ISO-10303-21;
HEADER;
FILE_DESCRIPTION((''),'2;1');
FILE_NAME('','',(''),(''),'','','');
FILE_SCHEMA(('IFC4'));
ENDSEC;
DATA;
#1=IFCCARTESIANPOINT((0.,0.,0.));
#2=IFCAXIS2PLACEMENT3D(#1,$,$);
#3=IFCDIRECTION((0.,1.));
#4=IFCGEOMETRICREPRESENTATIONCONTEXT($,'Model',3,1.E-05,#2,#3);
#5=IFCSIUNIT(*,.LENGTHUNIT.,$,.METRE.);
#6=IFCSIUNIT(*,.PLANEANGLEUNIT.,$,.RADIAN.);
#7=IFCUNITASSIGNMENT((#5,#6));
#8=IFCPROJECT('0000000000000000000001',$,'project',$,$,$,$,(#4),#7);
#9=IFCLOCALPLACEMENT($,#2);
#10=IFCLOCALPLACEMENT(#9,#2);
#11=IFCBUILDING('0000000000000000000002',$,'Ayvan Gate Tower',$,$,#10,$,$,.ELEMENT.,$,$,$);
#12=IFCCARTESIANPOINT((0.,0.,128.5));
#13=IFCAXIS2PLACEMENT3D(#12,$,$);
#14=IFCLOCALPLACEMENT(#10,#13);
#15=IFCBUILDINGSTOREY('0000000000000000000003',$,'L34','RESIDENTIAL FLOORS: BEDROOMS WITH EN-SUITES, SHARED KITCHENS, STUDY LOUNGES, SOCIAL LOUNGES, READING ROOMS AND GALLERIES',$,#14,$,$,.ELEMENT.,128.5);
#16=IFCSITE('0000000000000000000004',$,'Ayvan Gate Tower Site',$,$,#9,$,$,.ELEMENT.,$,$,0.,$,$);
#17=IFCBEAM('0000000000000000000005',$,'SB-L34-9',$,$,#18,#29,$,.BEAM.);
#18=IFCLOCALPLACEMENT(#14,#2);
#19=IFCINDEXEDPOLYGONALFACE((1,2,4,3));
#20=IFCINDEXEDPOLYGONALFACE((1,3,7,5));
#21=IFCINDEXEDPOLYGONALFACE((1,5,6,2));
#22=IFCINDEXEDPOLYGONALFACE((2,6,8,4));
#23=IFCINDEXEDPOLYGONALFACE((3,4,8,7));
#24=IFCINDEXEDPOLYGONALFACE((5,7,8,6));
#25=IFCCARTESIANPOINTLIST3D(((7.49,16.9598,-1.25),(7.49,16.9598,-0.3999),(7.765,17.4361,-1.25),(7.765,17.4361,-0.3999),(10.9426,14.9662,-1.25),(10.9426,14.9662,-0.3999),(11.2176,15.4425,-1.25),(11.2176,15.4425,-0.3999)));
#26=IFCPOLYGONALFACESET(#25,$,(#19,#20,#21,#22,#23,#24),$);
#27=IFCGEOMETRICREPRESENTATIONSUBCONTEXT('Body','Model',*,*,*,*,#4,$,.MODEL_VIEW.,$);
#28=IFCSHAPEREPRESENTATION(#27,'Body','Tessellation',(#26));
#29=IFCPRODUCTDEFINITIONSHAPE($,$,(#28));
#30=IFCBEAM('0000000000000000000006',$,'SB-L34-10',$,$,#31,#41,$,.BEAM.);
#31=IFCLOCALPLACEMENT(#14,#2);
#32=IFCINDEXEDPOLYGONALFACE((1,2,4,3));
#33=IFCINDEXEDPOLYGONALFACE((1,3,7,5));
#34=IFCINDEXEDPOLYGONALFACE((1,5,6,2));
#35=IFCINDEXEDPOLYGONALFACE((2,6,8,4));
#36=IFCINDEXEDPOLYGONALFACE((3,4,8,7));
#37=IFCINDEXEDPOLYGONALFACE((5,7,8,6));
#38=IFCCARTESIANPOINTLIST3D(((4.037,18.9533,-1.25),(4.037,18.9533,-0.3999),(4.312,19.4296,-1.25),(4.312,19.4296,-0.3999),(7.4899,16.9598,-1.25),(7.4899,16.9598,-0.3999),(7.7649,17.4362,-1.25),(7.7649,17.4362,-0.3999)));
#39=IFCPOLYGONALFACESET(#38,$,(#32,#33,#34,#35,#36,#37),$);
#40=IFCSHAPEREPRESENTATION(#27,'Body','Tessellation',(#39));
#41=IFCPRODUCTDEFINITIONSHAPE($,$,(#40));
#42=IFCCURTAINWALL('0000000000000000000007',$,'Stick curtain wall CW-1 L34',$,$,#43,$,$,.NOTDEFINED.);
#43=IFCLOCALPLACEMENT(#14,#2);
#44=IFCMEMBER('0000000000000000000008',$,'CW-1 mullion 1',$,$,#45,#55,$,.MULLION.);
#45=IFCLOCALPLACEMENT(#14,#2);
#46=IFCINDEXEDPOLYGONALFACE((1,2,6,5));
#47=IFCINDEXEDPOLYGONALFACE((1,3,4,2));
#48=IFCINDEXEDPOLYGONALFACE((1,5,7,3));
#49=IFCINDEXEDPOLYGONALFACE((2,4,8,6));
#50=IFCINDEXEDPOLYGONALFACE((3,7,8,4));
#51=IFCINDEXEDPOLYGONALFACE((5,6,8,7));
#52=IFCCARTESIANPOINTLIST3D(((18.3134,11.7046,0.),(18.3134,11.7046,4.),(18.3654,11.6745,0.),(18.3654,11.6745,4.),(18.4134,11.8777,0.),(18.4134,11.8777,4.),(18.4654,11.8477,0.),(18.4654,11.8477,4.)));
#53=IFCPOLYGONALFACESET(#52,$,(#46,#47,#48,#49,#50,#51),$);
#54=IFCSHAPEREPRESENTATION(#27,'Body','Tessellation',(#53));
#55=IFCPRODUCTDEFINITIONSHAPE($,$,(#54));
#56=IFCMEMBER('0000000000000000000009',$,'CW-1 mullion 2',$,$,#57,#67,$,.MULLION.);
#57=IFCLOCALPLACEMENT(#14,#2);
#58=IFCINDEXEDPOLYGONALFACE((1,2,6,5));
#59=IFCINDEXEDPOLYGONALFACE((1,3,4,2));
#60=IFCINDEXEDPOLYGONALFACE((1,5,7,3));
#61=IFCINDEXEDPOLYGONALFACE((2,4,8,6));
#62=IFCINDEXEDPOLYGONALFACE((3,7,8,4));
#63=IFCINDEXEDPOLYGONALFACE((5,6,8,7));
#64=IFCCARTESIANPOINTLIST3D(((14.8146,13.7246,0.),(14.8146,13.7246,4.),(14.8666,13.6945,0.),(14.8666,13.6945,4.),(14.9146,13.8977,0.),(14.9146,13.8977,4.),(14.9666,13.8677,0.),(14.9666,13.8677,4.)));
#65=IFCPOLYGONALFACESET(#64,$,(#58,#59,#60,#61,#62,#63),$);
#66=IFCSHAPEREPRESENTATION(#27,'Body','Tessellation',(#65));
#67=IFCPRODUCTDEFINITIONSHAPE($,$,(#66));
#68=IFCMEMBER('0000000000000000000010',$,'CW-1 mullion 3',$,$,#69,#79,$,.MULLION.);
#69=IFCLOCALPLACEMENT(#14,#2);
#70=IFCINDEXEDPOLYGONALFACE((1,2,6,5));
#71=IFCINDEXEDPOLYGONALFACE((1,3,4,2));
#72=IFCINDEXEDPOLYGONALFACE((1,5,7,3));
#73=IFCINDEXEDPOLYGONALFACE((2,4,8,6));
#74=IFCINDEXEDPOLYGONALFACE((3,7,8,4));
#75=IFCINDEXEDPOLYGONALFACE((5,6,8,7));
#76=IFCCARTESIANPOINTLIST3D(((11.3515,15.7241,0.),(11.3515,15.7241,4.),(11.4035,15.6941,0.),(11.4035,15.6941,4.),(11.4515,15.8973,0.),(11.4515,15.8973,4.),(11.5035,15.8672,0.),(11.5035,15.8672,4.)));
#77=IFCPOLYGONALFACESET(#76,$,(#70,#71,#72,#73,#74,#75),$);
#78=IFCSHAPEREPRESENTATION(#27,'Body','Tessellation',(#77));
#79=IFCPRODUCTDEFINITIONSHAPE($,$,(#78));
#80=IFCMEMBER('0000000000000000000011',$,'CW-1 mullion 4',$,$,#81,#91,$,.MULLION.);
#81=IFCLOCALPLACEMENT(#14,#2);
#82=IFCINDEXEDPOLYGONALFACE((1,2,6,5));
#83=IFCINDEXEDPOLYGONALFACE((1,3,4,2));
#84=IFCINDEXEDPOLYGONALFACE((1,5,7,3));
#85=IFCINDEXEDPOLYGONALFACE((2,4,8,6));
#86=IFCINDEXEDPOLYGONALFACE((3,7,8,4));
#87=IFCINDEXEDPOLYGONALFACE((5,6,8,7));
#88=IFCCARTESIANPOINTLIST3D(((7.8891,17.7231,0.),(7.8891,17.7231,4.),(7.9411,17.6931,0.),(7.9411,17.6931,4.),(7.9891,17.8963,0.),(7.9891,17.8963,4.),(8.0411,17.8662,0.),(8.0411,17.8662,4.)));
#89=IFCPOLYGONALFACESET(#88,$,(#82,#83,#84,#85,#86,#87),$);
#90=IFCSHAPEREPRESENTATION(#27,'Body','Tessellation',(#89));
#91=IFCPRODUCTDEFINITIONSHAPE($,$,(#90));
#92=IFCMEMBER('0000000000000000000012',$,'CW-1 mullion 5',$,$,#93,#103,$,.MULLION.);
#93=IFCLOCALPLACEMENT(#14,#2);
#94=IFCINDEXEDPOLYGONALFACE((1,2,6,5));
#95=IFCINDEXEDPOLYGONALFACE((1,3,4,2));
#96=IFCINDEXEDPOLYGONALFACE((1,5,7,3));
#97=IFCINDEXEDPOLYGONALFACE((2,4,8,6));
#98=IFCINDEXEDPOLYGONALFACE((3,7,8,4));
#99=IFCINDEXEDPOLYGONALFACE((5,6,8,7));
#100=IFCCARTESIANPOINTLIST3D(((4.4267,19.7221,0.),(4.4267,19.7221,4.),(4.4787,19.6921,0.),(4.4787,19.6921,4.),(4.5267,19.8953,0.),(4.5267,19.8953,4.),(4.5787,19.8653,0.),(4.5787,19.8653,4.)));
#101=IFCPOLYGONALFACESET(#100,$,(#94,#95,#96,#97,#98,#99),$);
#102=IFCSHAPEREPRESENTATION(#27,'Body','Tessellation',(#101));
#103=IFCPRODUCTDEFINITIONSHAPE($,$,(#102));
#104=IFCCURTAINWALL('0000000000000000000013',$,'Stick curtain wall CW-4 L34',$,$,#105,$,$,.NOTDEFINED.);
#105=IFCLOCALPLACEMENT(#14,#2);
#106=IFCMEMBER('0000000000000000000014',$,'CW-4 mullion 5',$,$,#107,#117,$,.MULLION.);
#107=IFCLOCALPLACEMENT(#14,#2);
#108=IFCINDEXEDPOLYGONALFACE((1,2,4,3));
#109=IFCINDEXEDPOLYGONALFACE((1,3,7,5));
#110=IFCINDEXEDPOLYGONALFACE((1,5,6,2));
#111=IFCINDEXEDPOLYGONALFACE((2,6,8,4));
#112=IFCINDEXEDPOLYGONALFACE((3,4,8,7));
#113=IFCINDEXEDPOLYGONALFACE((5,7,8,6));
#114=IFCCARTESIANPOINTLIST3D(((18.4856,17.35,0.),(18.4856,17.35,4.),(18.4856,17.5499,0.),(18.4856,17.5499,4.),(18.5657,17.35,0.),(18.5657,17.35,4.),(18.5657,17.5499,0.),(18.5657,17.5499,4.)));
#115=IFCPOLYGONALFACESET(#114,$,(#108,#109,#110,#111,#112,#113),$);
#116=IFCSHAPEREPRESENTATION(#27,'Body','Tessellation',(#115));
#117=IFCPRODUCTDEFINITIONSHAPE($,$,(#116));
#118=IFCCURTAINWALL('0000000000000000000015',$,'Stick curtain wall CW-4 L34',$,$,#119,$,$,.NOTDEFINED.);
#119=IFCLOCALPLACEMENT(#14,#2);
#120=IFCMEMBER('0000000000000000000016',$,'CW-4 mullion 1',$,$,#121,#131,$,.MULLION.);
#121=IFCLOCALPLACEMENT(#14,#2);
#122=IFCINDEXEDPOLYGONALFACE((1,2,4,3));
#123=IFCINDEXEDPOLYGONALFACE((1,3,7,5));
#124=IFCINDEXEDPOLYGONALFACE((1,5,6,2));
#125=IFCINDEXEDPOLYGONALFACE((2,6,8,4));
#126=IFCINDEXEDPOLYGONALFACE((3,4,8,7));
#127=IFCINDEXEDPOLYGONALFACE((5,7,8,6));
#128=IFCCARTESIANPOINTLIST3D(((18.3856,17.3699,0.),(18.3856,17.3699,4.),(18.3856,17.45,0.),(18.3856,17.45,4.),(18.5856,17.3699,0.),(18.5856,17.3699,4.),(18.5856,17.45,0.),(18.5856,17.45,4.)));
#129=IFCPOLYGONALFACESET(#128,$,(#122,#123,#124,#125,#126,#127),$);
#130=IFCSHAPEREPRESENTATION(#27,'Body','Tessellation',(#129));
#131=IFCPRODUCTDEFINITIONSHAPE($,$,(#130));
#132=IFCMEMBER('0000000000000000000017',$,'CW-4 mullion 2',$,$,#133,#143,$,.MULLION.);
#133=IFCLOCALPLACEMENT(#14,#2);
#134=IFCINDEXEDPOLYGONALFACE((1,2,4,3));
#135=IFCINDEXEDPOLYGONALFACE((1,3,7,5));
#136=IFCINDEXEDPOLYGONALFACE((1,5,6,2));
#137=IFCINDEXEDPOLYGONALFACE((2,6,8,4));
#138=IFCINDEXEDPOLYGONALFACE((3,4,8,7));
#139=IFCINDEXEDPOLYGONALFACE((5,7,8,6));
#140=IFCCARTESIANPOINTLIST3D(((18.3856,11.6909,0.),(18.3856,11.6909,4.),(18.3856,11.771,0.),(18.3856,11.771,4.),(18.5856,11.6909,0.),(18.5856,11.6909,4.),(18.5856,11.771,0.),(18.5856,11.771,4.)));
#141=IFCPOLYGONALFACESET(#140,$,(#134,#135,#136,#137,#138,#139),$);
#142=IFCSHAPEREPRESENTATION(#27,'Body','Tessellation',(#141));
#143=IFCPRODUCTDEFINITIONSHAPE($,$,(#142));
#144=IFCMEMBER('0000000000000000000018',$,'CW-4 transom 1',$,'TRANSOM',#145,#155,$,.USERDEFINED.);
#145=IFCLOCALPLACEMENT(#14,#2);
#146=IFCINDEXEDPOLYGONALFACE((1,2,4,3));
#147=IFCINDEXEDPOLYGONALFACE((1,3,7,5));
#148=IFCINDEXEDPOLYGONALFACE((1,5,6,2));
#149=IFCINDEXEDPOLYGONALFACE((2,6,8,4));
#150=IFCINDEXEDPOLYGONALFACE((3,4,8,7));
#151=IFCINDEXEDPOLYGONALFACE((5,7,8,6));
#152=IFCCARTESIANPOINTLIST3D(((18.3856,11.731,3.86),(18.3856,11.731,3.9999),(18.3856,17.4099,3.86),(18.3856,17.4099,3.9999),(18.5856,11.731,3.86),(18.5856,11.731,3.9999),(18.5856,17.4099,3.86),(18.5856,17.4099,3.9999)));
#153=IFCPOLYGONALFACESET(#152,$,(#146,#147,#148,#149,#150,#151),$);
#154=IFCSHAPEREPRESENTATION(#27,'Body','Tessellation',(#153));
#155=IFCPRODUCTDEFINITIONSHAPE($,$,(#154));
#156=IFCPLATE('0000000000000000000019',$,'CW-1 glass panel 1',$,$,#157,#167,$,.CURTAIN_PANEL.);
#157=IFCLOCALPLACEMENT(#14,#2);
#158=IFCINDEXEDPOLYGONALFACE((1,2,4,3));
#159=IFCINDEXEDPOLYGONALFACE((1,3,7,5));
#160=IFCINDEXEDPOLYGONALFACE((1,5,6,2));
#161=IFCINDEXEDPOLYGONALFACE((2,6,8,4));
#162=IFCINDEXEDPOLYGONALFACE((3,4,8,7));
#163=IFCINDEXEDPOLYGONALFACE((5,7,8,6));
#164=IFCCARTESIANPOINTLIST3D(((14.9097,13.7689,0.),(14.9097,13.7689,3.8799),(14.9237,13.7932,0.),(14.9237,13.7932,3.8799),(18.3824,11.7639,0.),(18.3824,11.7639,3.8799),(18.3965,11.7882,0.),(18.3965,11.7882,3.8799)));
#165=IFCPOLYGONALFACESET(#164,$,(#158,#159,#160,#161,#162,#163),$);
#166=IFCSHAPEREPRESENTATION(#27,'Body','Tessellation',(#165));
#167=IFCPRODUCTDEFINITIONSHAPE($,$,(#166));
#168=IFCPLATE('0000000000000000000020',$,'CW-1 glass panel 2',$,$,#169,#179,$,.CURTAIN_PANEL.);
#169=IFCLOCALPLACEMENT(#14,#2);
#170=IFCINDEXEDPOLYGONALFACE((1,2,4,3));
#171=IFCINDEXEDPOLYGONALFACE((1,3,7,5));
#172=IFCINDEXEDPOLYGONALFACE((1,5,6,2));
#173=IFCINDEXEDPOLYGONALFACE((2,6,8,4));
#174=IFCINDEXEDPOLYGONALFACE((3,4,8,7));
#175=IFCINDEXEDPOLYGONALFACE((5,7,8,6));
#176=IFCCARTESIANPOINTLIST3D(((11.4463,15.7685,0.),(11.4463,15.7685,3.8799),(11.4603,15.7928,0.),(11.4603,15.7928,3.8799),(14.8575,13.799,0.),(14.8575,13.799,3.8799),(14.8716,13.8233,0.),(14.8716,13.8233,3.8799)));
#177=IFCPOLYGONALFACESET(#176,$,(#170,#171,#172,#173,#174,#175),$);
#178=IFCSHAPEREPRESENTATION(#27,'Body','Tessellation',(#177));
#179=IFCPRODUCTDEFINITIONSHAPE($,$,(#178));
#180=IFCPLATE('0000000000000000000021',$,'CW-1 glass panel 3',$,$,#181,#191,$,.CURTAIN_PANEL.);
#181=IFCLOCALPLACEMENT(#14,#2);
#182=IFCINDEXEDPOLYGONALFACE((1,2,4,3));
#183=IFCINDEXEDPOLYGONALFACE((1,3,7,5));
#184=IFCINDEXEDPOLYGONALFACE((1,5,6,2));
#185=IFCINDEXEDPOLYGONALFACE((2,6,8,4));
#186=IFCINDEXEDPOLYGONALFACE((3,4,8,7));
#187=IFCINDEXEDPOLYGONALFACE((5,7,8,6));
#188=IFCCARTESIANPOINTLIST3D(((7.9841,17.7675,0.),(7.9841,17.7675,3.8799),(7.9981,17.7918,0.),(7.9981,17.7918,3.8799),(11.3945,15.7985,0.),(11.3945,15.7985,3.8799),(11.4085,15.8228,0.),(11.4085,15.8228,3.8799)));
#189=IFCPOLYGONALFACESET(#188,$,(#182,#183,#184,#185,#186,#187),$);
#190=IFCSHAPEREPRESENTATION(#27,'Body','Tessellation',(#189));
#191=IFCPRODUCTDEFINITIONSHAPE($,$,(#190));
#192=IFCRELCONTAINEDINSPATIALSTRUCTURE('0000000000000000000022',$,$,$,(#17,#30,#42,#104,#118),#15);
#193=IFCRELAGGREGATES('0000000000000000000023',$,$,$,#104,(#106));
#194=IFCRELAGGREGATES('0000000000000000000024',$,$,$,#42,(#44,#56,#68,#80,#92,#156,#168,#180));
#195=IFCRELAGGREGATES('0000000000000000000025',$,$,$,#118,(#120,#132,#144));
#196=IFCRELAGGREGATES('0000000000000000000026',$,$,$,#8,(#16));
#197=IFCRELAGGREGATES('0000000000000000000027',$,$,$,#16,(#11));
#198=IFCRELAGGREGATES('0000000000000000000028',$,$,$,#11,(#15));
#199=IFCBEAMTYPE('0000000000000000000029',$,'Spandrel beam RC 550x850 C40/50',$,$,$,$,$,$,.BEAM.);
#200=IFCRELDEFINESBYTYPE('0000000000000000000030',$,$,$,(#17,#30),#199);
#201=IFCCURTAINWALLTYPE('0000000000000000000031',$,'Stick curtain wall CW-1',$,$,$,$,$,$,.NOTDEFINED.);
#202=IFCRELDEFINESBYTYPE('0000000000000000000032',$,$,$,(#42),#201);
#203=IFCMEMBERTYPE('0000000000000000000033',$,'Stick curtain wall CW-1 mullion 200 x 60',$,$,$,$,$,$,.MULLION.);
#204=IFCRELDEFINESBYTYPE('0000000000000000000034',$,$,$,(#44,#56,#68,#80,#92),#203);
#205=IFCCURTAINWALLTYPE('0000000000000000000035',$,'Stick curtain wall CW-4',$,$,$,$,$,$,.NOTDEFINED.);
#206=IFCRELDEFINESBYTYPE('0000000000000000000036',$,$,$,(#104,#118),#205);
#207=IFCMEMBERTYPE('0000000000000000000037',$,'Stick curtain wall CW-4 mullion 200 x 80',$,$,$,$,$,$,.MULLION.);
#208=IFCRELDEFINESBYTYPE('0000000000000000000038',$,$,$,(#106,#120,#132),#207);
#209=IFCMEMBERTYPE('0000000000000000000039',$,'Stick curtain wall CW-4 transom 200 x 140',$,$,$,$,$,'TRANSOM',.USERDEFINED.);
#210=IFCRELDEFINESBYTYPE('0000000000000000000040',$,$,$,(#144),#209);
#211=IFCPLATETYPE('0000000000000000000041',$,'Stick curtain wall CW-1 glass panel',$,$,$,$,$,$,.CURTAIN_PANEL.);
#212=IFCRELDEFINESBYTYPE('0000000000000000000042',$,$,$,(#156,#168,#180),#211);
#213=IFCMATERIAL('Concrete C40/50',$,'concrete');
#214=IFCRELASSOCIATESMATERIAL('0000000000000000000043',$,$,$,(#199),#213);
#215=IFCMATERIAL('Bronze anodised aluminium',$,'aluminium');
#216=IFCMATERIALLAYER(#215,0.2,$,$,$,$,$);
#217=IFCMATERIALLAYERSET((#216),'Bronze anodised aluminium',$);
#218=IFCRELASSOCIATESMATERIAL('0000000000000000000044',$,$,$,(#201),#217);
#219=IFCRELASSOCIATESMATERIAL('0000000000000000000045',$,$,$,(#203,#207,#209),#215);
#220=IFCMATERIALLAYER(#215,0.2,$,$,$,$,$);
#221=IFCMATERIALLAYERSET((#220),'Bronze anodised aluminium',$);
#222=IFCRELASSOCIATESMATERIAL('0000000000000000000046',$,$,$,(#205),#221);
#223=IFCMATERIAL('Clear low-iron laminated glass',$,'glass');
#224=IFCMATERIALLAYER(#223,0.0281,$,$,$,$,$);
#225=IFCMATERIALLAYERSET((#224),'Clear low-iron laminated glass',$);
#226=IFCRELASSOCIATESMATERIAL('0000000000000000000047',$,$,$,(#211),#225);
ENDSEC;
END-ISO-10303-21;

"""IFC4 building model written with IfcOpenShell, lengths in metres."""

from ifc_helpers import new_model, si_unit, direction, frame, origin, origin_2d, place, context, subcontext, project, spatial, rectangle, extrude, material, layer, layer_set, material_profile, profile_set, type_object, element, aggregate, save


model = new_model("IFC4")

# Units and contexts
model_context = context("Model", 3, precision=1e-05, world=origin(), true_north=direction((0.0, 1.0)))
body_context = subcontext(model_context, "Body", "Model", "MODEL_VIEW")
ifc_project = project(units=[si_unit("LENGTHUNIT", "METRE"), si_unit("PLANEANGLEUNIT", "RADIAN")], contexts=[model_context])

# Site, building, storey
site_placement = place(None, origin())
site = spatial("IfcSite", under=ifc_project, at=site_placement, Name="Ayvan Gate Tower Site", CompositionType="ELEMENT", RefElevation=0.0)
building_placement = place(site_placement, origin())
building = spatial("IfcBuilding", under=site, at=building_placement, Name="Ayvan Gate Tower", CompositionType="ELEMENT")
storey_placement = place(building_placement, frame((0.0, 0.0, 128.5)))
storey = spatial("IfcBuildingStorey", under=building, at=storey_placement, Name="L34", Description="RESIDENTIAL FLOORS: BEDROOMS WITH EN-SUITES, SHARED KITCHENS, STUDY LOUNGES, SOCIAL LOUNGES, READING ROOMS AND GALLERIES", CompositionType="ELEMENT", Elevation=128.5)

# Shared definitions
ifc_material_1 = material(Name="Concrete C40/50", Category="concrete")

# Beams
ifc_material_profile_1 = material_profile(ifc_material_1, rectangle(XDim=0.55, YDim=0.8501, at=origin_2d()), Name="RC 550x850")
ifc_profile_set_1 = profile_set([ifc_material_profile_1], Name="Concrete C40/50")
beam_type_1 = type_object("IfcBeamType", Name="Spandrel beam RC 550x850 C40/50", PredefinedType="BEAM", material=ifc_profile_set_1)
beam_1_placement = place(storey_placement, frame((11.0801, 15.2043, -0.825), z_axis=(-0.865996, 0.500051, 0.0), x_axis=(-0.500051, -0.865996, 0.0)))
element("IfcBeam", 1, at=beam_1_placement, inside=storey, type_object=beam_type_1, Name="SB-L34-9", PredefinedType="BEAM", context=body_context, shape_type="SweptSolid", body=[
    extrude(rectangle(XDim=0.55, YDim=0.8501, at=origin_2d()), origin(), (0.0, 0.0, 1.0), 3.9868),
])
beam_2_placement = place(storey_placement, frame((7.6274, 17.198, -0.825), z_axis=(-0.866038, 0.499979, 0.0), x_axis=(-0.499979, -0.866038, 0.0)))
element("IfcBeam", 2, at=beam_2_placement, inside=storey, type_object=beam_type_1, Name="SB-L34-10", PredefinedType="BEAM", context=body_context, shape_type="SweptSolid", body=[
    extrude(rectangle(XDim=0.55, YDim=0.8501, at=origin_2d()), origin(), (0.0, 0.0, 1.0), 3.9871),
])

# Curtain wall, members
ifc_material_2 = material(Name="Bronze anodised aluminium", Category="aluminium")
ifc_layer_1 = layer(ifc_material_2, 0.2)
ifc_layer_set_1 = layer_set([ifc_layer_1], Name="Bronze anodised aluminium")
curtain_wall_type_1 = type_object("IfcCurtainWallType", Name="Stick curtain wall CW-1", PredefinedType="NOTDEFINED", material=ifc_layer_set_1)
curtain_wall_1_placement = place(storey_placement, origin())
curtain_wall_1 = element("IfcCurtainWall", 3, at=curtain_wall_1_placement, inside=storey, type_object=curtain_wall_type_1, Name="Stick curtain wall CW-1 L34", PredefinedType="NOTDEFINED")
ifc_material_profile_2 = material_profile(ifc_material_2, rectangle(XDim=0.2, YDim=0.0601, at=origin_2d()), Name="Stick curtain wall CW-1 mullion 200 x 60")
ifc_profile_set_2 = profile_set([ifc_material_profile_2], Name="Bronze anodised aluminium")
member_type_1 = type_object("IfcMemberType", Name="Stick curtain wall CW-1 mullion 200 x 60", PredefinedType="MULLION", material=ifc_profile_set_2)
member_1_placement = place(storey_placement, frame((18.3894, 11.7761, 0.0), z_axis=(0.0, 0.0, 1.0), x_axis=(0.5, 0.866025, 0.0)))
member_1 = element("IfcMember", 4, at=member_1_placement, type_object=member_type_1, Name="CW-1 mullion 1", PredefinedType="MULLION", context=body_context, shape_type="SweptSolid", body=[
    extrude(rectangle(XDim=0.2, YDim=0.0601, at=origin_2d()), origin(), (0.0, 0.0, 1.0), 4.0),
])
member_2_placement = place(storey_placement, frame((14.8906, 13.7961, 0.0), z_axis=(0.0, 0.0, 1.0), x_axis=(0.5, 0.866025, 0.0)))
member_2 = element("IfcMember", 5, at=member_2_placement, type_object=member_type_1, Name="CW-1 mullion 2", PredefinedType="MULLION", context=body_context, shape_type="SweptSolid", body=[
    extrude(rectangle(XDim=0.2, YDim=0.0601, at=origin_2d()), origin(), (0.0, 0.0, 1.0), 4.0),
])
member_3_placement = place(storey_placement, frame((11.4275, 15.7957, 0.0), z_axis=(0.0, 0.0, 1.0), x_axis=(0.5, 0.866025, 0.0)))
member_3 = element("IfcMember", 6, at=member_3_placement, type_object=member_type_1, Name="CW-1 mullion 3", PredefinedType="MULLION", context=body_context, shape_type="SweptSolid", body=[
    extrude(rectangle(XDim=0.2, YDim=0.0601, at=origin_2d()), origin(), (0.0, 0.0, 1.0), 4.0),
])
member_4_placement = place(storey_placement, frame((7.9651, 17.7947, 0.0), z_axis=(0.0, 0.0, 1.0), x_axis=(0.5, 0.866025, 0.0)))
member_4 = element("IfcMember", 7, at=member_4_placement, type_object=member_type_1, Name="CW-1 mullion 4", PredefinedType="MULLION", context=body_context, shape_type="SweptSolid", body=[
    extrude(rectangle(XDim=0.2, YDim=0.0601, at=origin_2d()), origin(), (0.0, 0.0, 1.0), 4.0),
])
member_5_placement = place(storey_placement, frame((4.5027, 19.7937, 0.0), z_axis=(0.0, 0.0, 1.0), x_axis=(0.5, 0.866025, 0.0)))
member_5 = element("IfcMember", 8, at=member_5_placement, type_object=member_type_1, Name="CW-1 mullion 5", PredefinedType="MULLION", context=body_context, shape_type="SweptSolid", body=[
    extrude(rectangle(XDim=0.2, YDim=0.0601, at=origin_2d()), origin(), (0.0, 0.0, 1.0), 4.0),
])

# Curtain wall, member
ifc_layer_2 = layer(ifc_material_2, 0.2)
ifc_layer_set_2 = layer_set([ifc_layer_2], Name="Bronze anodised aluminium")
curtain_wall_type_2 = type_object("IfcCurtainWallType", Name="Stick curtain wall CW-4", PredefinedType="NOTDEFINED", material=ifc_layer_set_2)
curtain_wall_2_placement = place(storey_placement, origin())
curtain_wall_2 = element("IfcCurtainWall", 9, at=curtain_wall_2_placement, inside=storey, type_object=curtain_wall_type_2, Name="Stick curtain wall CW-4 L34", PredefinedType="NOTDEFINED")
ifc_material_profile_3 = material_profile(ifc_material_2, rectangle(XDim=0.2, YDim=0.0801, at=origin_2d()), Name="Stick curtain wall CW-4 mullion 200 x 80")
ifc_profile_set_3 = profile_set([ifc_material_profile_3], Name="Bronze anodised aluminium")
member_type_2 = type_object("IfcMemberType", Name="Stick curtain wall CW-4 mullion 200 x 80", PredefinedType="MULLION", material=ifc_profile_set_3)
member_6_placement = place(storey_placement, frame((18.5256, 17.45, 0.0), z_axis=(0.0, 0.0, 1.0), x_axis=(0.0, 1.0, 0.0)))
member_6 = element("IfcMember", 10, at=member_6_placement, type_object=member_type_2, Name="CW-4 mullion 5", PredefinedType="MULLION", context=body_context, shape_type="SweptSolid", body=[
    extrude(rectangle(XDim=0.2, YDim=0.0801, at=origin_2d()), origin(), (0.0, 0.0, 1.0), 4.0),
])
aggregate(curtain_wall_2, [member_6])

# Curtain wall, members
curtain_wall_3_placement = place(storey_placement, origin())
curtain_wall_3 = element("IfcCurtainWall", 11, at=curtain_wall_3_placement, inside=storey, type_object=curtain_wall_type_2, Name="Stick curtain wall CW-4 L34", PredefinedType="NOTDEFINED")
member_7_placement = place(storey_placement, frame((18.4856, 17.4099, 0.0), z_axis=(0.0, 0.0, 1.0), x_axis=(-1.0, 0.0, 0.0)))
member_7 = element("IfcMember", 12, at=member_7_placement, type_object=member_type_2, Name="CW-4 mullion 1", PredefinedType="MULLION", context=body_context, shape_type="SweptSolid", body=[
    extrude(rectangle(XDim=0.2, YDim=0.0801, at=origin_2d()), origin(), (0.0, 0.0, 1.0), 4.0),
])
member_8_placement = place(storey_placement, frame((18.4856, 11.731, 0.0), z_axis=(0.0, 0.0, 1.0), x_axis=(-1.0, 0.0, 0.0)))
member_8 = element("IfcMember", 13, at=member_8_placement, type_object=member_type_2, Name="CW-4 mullion 2", PredefinedType="MULLION", context=body_context, shape_type="SweptSolid", body=[
    extrude(rectangle(XDim=0.2, YDim=0.0801, at=origin_2d()), origin(), (0.0, 0.0, 1.0), 4.0),
])
ifc_material_profile_4 = material_profile(ifc_material_2, rectangle(XDim=0.2, YDim=0.1399, at=origin_2d()), Name="Stick curtain wall CW-4 transom 200 x 140")
ifc_profile_set_4 = profile_set([ifc_material_profile_4], Name="Bronze anodised aluminium")
member_type_3 = type_object("IfcMemberType", Name="Stick curtain wall CW-4 transom 200 x 140", ElementType="TRANSOM", PredefinedType="USERDEFINED", material=ifc_profile_set_4)
member_9_placement = place(storey_placement, frame((18.4856, 17.4099, 3.9299), z_axis=(0.0, -1.0, 0.0), x_axis=(1.0, 0.0, 0.0)))
member_9 = element("IfcMember", 14, at=member_9_placement, type_object=member_type_3, Name="CW-4 transom 1", ObjectType="TRANSOM", PredefinedType="USERDEFINED", context=body_context, shape_type="SweptSolid", body=[
    extrude(rectangle(XDim=0.2, YDim=0.1399, at=origin_2d()), origin(), (0.0, 0.0, 1.0), 5.679),
])

# Plates
ifc_material_3 = material(Name="Clear low-iron laminated glass", Category="glass")
ifc_layer_3 = layer(ifc_material_3, 0.0281)
ifc_layer_set_3 = layer_set([ifc_layer_3], Name="Clear low-iron laminated glass")
plate_type_1 = type_object("IfcPlateType", Name="Stick curtain wall CW-1 glass panel", PredefinedType="CURTAIN_PANEL", material=ifc_layer_set_3)
plate_1_placement = place(storey_placement, frame((16.6531, 12.7786, 0.0), z_axis=(0.0, 0.0, 1.0), x_axis=(-0.866025, 0.5, 0.0)))
plate_1 = element("IfcPlate", 15, at=plate_1_placement, type_object=plate_type_1, Name="CW-1 glass panel 1", PredefinedType="CURTAIN_PANEL", context=body_context, shape_type="SweptSolid", body=[
    extrude(rectangle(XDim=4.01, YDim=0.0281, at=origin_2d()), origin(), (0.0, 0.0, 1.0), 3.8799),
])
plate_2_placement = place(storey_placement, frame((13.1589, 14.7959, 0.0), z_axis=(0.0, 0.0, 1.0), x_axis=(-0.866025, 0.5, 0.0)))
plate_2 = element("IfcPlate", 16, at=plate_2_placement, type_object=plate_type_1, Name="CW-1 glass panel 2", PredefinedType="CURTAIN_PANEL", context=body_context, shape_type="SweptSolid", body=[
    extrude(rectangle(XDim=3.939, YDim=0.0281, at=origin_2d()), origin(), (0.0, 0.0, 1.0), 3.8799),
])
plate_3_placement = place(storey_placement, frame((9.6963, 16.7952, 0.0), z_axis=(0.0, 0.0, 1.0), x_axis=(-0.866025, 0.5, 0.0)))
plate_3 = element("IfcPlate", 17, at=plate_3_placement, type_object=plate_type_1, Name="CW-1 glass panel 3", PredefinedType="CURTAIN_PANEL", context=body_context, shape_type="SweptSolid", body=[
    extrude(rectangle(XDim=3.938, YDim=0.0281, at=origin_2d()), origin(), (0.0, 0.0, 1.0), 3.8799),
])
aggregate(curtain_wall_1, [member_1, member_2, member_3, member_4, member_5, plate_1, plate_2, plate_3])
aggregate(curtain_wall_3, [member_7, member_8, member_9])

save(model, "model.ifc")
